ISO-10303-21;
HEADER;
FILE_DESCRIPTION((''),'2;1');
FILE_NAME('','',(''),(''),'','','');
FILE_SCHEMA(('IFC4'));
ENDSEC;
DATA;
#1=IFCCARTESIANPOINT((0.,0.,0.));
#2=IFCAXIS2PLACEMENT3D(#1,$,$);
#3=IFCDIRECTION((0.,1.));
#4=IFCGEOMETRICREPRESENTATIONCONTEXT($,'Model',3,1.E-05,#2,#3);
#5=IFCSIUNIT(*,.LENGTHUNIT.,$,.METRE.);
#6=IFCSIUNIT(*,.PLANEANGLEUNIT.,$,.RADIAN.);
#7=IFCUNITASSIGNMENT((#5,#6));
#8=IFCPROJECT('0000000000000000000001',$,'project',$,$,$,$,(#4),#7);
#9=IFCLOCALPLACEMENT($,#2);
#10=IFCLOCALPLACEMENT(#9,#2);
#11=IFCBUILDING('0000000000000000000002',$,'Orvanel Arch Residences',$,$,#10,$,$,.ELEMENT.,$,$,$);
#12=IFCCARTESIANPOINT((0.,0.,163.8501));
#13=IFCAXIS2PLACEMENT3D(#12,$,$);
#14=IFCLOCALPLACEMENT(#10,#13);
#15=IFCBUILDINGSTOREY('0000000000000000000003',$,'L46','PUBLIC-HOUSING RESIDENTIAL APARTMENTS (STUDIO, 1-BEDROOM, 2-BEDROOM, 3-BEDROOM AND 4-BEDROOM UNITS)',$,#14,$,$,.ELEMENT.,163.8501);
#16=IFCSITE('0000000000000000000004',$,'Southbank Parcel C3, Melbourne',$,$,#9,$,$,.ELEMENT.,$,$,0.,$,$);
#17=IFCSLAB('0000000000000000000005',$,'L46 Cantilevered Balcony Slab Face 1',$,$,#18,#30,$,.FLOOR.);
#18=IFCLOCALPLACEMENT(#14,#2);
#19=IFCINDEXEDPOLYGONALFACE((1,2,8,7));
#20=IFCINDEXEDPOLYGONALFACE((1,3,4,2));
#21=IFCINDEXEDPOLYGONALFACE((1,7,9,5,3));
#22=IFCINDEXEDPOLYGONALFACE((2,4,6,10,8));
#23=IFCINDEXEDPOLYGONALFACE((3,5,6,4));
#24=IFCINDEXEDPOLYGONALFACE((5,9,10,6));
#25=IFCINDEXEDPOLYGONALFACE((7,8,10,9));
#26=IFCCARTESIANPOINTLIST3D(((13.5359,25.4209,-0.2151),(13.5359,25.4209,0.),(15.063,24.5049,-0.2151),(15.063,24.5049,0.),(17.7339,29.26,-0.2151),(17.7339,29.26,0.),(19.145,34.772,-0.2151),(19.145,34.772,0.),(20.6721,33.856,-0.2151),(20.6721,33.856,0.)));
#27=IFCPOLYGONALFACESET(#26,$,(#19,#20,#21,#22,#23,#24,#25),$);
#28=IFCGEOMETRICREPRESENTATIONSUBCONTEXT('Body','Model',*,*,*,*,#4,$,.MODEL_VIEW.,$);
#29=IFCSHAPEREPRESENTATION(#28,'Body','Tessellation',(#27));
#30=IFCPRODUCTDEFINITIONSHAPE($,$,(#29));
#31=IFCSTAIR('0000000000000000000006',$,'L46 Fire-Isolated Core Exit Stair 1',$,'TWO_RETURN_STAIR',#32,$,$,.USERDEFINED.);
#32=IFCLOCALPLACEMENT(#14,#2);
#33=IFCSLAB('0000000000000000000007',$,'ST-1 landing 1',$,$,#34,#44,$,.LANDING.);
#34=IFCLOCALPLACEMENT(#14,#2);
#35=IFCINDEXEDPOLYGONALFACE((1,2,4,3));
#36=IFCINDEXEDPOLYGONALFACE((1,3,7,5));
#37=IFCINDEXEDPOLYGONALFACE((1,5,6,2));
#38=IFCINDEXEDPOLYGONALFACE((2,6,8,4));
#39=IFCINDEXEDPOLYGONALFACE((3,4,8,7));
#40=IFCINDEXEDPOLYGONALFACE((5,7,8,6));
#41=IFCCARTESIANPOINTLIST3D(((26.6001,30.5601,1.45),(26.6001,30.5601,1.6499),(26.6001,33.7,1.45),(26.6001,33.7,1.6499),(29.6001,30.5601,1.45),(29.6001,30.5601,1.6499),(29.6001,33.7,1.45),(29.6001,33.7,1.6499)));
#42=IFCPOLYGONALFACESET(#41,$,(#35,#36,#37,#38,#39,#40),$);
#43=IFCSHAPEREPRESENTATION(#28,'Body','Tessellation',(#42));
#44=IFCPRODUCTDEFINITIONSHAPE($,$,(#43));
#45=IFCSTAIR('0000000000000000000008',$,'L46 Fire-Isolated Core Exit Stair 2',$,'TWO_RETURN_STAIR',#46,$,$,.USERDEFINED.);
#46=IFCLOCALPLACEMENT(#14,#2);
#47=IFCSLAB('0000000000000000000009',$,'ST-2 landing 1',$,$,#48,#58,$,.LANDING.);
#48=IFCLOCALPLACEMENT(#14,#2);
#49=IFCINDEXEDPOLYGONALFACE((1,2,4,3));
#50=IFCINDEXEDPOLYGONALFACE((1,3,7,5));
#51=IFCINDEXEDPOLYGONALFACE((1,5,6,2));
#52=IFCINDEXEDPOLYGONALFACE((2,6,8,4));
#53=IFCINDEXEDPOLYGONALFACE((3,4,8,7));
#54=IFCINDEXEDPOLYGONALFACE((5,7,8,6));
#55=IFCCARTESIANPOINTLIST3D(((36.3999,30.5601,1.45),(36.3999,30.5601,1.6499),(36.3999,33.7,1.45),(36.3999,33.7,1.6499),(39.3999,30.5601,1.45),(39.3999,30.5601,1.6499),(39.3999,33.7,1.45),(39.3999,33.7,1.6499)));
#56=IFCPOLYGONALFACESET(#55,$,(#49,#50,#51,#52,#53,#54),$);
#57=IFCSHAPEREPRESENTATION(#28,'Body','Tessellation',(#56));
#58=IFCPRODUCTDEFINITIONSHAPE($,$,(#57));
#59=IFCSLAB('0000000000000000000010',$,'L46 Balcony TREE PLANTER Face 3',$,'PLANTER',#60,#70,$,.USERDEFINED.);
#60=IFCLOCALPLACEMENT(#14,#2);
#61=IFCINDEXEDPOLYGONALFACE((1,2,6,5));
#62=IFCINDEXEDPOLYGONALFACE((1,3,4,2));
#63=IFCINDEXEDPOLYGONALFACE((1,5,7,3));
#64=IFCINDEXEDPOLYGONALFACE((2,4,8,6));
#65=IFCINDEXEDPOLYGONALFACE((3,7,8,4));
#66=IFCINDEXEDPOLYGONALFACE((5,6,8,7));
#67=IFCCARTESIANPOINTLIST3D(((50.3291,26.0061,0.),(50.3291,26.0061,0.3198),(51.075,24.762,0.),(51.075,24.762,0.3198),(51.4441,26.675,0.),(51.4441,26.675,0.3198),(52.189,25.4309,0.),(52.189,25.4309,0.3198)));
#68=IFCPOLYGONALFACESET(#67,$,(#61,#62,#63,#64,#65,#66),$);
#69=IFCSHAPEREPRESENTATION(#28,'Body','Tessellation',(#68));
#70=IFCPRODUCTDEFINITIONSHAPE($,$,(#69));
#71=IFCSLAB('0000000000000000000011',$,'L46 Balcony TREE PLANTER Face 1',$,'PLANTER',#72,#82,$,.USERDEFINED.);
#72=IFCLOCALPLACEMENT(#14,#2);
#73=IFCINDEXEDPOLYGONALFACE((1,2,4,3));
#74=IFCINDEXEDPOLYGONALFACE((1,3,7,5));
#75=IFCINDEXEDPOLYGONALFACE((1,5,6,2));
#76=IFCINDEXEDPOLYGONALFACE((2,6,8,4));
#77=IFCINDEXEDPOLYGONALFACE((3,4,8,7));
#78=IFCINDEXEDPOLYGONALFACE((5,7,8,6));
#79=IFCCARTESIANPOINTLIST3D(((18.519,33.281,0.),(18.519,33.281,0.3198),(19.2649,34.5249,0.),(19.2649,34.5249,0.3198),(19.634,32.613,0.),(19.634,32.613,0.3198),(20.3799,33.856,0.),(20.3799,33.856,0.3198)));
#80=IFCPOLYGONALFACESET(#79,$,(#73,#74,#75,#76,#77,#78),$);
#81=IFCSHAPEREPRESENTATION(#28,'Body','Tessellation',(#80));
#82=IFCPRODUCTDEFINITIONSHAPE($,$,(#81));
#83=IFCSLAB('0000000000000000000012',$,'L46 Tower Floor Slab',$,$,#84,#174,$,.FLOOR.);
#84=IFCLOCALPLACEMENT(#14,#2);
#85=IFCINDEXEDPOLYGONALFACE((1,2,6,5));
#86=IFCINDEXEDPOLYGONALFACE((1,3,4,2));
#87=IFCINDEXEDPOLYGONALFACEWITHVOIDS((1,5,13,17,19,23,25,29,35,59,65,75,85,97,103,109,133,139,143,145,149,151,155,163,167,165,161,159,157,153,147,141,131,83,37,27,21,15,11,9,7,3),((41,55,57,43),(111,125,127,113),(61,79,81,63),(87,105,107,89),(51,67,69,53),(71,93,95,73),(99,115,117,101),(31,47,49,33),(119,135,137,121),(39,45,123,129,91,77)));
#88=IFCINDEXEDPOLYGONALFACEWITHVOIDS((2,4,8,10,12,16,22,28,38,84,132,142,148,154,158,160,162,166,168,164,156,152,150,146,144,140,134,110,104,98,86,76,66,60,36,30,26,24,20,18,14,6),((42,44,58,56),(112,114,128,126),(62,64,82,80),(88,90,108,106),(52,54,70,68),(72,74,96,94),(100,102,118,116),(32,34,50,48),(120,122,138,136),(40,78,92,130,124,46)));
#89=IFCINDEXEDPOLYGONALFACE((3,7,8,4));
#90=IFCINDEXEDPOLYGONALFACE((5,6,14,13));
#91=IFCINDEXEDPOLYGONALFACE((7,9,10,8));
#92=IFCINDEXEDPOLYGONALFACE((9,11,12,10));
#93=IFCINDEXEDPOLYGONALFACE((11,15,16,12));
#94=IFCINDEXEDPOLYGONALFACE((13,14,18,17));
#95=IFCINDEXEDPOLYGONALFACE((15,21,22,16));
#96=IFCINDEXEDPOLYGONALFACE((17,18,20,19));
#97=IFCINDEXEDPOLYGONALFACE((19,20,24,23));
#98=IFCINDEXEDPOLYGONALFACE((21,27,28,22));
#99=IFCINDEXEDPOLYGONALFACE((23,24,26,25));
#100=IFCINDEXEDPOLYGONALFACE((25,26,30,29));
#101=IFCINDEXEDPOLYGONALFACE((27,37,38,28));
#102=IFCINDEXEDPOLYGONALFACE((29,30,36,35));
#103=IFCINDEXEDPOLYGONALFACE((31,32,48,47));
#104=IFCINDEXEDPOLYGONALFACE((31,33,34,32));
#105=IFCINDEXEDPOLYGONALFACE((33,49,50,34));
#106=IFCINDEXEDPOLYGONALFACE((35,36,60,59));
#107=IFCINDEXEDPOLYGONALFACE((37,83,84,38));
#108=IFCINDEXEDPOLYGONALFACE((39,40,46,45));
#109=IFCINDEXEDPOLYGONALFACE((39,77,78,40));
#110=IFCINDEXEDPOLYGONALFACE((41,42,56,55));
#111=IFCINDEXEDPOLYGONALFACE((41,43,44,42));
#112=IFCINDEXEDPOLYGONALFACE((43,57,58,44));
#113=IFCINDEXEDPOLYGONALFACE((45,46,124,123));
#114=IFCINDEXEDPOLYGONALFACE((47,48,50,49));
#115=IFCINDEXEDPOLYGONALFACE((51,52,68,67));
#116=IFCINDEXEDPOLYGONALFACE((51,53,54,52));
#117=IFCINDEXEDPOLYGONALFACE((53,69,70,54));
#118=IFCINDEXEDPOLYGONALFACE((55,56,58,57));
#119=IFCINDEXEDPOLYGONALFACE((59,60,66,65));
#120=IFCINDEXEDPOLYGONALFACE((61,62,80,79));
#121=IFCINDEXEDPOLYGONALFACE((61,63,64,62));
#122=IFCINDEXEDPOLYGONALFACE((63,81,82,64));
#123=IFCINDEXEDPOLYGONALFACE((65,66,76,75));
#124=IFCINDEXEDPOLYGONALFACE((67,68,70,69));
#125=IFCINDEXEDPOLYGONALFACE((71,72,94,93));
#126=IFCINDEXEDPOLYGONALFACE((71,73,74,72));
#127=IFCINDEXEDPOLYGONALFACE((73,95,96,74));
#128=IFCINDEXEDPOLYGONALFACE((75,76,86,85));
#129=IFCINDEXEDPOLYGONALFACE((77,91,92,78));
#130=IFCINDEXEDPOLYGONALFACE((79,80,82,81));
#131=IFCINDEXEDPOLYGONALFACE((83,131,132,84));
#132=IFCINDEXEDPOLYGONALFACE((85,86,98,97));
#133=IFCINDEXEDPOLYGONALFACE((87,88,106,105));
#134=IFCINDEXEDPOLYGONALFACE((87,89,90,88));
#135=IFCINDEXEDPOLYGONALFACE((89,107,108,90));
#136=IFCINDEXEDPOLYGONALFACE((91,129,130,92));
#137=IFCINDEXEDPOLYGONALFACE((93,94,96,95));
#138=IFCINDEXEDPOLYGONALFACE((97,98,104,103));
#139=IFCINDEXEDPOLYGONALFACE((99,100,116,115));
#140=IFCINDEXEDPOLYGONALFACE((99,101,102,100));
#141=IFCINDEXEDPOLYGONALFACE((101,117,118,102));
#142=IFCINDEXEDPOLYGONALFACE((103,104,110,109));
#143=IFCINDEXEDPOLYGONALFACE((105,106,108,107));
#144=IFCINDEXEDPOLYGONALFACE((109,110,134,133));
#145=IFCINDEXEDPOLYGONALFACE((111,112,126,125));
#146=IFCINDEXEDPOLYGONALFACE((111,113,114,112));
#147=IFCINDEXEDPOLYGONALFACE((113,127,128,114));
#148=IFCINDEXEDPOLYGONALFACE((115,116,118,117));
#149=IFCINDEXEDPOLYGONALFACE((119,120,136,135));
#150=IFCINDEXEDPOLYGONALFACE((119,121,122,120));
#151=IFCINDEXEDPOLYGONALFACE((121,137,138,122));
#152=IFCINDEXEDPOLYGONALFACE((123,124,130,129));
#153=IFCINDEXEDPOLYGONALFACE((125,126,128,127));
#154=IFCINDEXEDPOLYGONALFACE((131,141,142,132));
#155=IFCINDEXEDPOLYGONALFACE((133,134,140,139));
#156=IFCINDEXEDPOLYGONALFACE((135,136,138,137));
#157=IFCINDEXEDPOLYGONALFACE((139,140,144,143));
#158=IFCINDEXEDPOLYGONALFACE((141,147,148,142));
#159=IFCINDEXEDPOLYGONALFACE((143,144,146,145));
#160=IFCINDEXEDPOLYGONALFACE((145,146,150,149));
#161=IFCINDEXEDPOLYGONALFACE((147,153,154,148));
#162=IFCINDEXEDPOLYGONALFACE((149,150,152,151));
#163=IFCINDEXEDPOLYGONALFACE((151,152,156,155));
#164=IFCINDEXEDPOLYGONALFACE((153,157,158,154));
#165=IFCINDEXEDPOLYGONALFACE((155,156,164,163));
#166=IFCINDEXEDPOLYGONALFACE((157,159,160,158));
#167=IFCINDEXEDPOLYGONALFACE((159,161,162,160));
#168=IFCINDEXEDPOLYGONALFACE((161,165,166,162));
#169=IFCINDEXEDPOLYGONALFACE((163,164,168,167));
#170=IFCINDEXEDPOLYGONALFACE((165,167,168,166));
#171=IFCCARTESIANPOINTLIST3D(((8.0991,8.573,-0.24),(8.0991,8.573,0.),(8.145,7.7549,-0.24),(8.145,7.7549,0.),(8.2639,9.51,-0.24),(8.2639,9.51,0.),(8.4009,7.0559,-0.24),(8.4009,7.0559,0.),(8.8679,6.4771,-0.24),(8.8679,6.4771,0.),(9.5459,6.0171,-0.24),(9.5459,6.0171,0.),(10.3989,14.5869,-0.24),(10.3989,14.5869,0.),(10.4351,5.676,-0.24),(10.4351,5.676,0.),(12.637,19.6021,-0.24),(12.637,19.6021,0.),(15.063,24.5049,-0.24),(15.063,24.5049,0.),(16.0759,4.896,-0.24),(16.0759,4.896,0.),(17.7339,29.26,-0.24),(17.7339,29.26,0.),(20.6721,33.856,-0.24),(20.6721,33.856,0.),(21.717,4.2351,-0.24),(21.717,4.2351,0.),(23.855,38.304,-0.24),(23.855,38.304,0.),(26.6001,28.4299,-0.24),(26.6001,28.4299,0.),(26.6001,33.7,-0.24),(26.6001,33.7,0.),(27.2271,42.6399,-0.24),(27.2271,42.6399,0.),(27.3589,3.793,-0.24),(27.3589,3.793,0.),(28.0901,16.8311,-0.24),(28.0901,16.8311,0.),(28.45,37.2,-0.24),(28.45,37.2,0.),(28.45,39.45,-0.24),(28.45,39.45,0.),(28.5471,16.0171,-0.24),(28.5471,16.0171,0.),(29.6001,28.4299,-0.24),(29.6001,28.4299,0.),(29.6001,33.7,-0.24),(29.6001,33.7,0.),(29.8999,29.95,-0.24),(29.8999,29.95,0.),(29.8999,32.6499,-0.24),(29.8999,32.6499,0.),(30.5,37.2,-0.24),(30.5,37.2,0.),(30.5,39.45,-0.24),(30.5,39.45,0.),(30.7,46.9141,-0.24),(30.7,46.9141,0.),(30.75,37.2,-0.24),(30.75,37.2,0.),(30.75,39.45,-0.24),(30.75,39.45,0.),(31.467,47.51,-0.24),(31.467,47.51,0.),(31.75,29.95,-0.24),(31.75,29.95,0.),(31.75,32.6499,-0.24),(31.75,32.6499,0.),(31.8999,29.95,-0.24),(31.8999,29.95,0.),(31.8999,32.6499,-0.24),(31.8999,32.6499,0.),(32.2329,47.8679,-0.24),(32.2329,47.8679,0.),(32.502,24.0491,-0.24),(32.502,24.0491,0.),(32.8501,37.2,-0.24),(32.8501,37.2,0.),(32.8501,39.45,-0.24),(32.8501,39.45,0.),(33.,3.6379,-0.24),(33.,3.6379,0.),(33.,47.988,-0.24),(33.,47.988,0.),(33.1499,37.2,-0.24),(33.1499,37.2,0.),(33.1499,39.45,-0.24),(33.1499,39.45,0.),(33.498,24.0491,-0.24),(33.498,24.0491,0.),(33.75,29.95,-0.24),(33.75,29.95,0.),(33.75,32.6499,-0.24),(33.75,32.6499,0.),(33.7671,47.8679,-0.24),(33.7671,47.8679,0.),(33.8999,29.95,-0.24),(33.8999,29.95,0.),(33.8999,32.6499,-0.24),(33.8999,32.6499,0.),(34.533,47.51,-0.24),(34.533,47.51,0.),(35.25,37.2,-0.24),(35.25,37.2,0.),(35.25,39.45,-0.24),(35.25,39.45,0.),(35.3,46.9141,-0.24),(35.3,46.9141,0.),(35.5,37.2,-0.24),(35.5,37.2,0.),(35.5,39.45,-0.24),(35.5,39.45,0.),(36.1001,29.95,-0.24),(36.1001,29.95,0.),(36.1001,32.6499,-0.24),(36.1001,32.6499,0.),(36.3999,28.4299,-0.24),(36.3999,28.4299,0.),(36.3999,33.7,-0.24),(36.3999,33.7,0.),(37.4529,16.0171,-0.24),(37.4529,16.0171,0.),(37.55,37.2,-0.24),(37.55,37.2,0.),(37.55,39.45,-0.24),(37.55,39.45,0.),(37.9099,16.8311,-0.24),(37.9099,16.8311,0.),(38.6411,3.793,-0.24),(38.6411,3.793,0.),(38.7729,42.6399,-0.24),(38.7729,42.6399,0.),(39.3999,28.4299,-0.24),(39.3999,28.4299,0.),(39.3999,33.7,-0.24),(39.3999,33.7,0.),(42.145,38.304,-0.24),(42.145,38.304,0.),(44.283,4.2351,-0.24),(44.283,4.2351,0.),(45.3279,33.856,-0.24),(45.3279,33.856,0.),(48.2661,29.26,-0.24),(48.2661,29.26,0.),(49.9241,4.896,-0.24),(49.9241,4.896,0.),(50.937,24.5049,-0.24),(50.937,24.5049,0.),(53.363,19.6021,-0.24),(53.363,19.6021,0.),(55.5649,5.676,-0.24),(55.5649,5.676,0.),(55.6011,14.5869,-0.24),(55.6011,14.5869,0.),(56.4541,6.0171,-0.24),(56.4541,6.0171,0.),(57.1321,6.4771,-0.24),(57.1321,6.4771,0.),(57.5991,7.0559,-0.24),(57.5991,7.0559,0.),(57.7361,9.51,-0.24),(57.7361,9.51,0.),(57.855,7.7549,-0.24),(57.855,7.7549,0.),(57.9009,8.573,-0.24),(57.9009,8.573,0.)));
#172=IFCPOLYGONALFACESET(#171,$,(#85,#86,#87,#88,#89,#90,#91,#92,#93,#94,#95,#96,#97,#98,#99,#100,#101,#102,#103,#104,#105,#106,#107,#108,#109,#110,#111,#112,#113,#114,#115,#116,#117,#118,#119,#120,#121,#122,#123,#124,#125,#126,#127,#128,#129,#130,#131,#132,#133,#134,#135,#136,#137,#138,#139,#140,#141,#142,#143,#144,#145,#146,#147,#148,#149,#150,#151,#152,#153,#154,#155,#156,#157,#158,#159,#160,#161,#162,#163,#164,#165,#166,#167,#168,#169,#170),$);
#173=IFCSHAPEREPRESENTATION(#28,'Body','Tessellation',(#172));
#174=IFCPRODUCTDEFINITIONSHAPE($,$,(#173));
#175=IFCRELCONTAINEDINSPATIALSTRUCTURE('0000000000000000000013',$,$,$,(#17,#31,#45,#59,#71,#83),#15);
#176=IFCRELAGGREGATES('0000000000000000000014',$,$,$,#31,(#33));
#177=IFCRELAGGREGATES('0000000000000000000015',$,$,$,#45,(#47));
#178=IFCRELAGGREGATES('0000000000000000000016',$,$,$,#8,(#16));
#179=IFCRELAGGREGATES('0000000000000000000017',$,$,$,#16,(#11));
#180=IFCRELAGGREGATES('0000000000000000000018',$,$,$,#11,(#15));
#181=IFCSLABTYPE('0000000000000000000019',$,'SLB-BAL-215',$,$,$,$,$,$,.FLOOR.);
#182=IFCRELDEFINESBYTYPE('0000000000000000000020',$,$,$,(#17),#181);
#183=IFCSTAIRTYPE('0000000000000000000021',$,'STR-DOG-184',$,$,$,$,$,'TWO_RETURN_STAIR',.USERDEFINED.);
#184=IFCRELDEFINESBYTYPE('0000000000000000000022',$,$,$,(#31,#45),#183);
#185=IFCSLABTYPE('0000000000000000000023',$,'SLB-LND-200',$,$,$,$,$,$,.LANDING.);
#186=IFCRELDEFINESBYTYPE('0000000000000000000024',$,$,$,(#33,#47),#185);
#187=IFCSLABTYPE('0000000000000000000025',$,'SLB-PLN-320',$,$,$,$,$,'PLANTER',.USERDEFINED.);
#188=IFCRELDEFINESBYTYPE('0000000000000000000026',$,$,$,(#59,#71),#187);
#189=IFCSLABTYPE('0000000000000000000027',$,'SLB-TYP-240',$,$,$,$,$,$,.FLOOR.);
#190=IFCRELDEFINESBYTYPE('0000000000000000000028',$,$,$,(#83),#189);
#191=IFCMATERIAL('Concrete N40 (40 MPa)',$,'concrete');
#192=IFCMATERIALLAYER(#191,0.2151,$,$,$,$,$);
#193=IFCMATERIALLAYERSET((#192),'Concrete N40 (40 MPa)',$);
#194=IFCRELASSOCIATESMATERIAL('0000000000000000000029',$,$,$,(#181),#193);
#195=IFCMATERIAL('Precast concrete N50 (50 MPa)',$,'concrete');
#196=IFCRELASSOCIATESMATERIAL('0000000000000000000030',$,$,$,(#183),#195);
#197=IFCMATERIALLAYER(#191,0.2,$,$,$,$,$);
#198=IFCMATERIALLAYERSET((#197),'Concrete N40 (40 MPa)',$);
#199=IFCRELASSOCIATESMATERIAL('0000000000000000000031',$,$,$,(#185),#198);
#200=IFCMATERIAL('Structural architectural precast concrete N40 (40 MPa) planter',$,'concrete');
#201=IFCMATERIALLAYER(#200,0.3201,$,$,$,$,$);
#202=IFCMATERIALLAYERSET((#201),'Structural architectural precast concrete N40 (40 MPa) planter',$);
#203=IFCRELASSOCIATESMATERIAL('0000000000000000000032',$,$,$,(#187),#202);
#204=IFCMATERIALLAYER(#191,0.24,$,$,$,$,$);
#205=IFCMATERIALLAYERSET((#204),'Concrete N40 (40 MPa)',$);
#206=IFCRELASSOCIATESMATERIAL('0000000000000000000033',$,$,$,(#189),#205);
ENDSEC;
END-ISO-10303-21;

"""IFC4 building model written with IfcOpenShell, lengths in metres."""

from ifc_helpers import new_model, si_unit, direction, frame, origin, place, context, subcontext, project, spatial, polyline, outline, extrude, material, layer, layer_set, type_object, element, aggregate, save


model = new_model("IFC4")

# Units and contexts
model_context = context("Model", 3, precision=1e-05, world=origin(), true_north=direction((0.0, 1.0)))
body_context = subcontext(model_context, "Body", "Model", "MODEL_VIEW")
ifc_project = project(units=[si_unit("LENGTHUNIT", "METRE"), si_unit("PLANEANGLEUNIT", "RADIAN")], contexts=[model_context])

# Site, building, storey
site_placement = place(None, origin())
site = spatial("IfcSite", under=ifc_project, at=site_placement, Name="Southbank Parcel C3, Melbourne", CompositionType="ELEMENT", RefElevation=0.0)
building_placement = place(site_placement, origin())
building = spatial("IfcBuilding", under=site, at=building_placement, Name="Orvanel Arch Residences", CompositionType="ELEMENT")
storey_placement = place(building_placement, frame((0.0, 0.0, 163.8501)))
storey = spatial("IfcBuildingStorey", under=building, at=storey_placement, Name="L46", Description="PUBLIC-HOUSING RESIDENTIAL APARTMENTS (STUDIO, 1-BEDROOM, 2-BEDROOM, 3-BEDROOM AND 4-BEDROOM UNITS)", CompositionType="ELEMENT", Elevation=163.8501)

# Slab
ifc_material_1 = material(Name="Concrete N40 (40 MPa)", Category="concrete")
ifc_layer_1 = layer(ifc_material_1, 0.2151)
ifc_layer_set_1 = layer_set([ifc_layer_1], Name="Concrete N40 (40 MPa)")
slab_type_1 = type_object("IfcSlabType", Name="SLB-BAL-215", PredefinedType="FLOOR", material=ifc_layer_set_1)
slab_1_placement = place(storey_placement, frame((0.0, 0.0, -0.2151)))
element("IfcSlab", 1, at=slab_1_placement, inside=storey, type_object=slab_type_1, Name="L46 Cantilevered Balcony Slab Face 1", PredefinedType="FLOOR", context=body_context, shape_type="SweptSolid", body=[
    extrude(outline(polyline([(19.145, 34.772), (13.5359, 25.4209), (15.063, 24.5049), (17.7339, 29.26), (20.6721, 33.856), (19.145, 34.772)])), origin(), (0.0, 0.0, 1.0), 0.2151),
])

# Stairs, slabs
ifc_material_2 = material(Name="Precast concrete N50 (50 MPa)", Category="concrete")
stair_type = type_object("IfcStairType", Name="STR-DOG-184", ElementType="TWO_RETURN_STAIR", PredefinedType="USERDEFINED", material=ifc_material_2)
stair_1_placement = place(storey_placement, origin())
stair_1 = element("IfcStair", 2, at=stair_1_placement, inside=storey, type_object=stair_type, Name="L46 Fire-Isolated Core Exit Stair 1", ObjectType="TWO_RETURN_STAIR", PredefinedType="USERDEFINED")
ifc_layer_2 = layer(ifc_material_1, 0.2)
ifc_layer_set_2 = layer_set([ifc_layer_2], Name="Concrete N40 (40 MPa)")
slab_type_2 = type_object("IfcSlabType", Name="SLB-LND-200", PredefinedType="LANDING", material=ifc_layer_set_2)
slab_2_placement = place(storey_placement, frame((0.0, 0.0, 1.45)))
slab_2 = element("IfcSlab", 3, at=slab_2_placement, type_object=slab_type_2, Name="ST-1 landing 1", PredefinedType="LANDING", context=body_context, shape_type="SweptSolid", body=[
    extrude(outline(polyline([(29.6001, 30.5601), (29.6001, 33.7), (26.6001, 33.7), (26.6001, 30.5601), (29.6001, 30.5601)])), origin(), (0.0, 0.0, 1.0), 0.2),
])
aggregate(stair_1, [slab_2])
stair_2_placement = place(storey_placement, origin())
stair_2 = element("IfcStair", 4, at=stair_2_placement, inside=storey, type_object=stair_type, Name="L46 Fire-Isolated Core Exit Stair 2", ObjectType="TWO_RETURN_STAIR", PredefinedType="USERDEFINED")
slab_3_placement = place(storey_placement, frame((0.0, 0.0, 1.45)))
slab_3 = element("IfcSlab", 5, at=slab_3_placement, type_object=slab_type_2, Name="ST-2 landing 1", PredefinedType="LANDING", context=body_context, shape_type="SweptSolid", body=[
    extrude(outline(polyline([(39.3999, 30.5601), (39.3999, 33.7), (36.3999, 33.7), (36.3999, 30.5601), (39.3999, 30.5601)])), origin(), (0.0, 0.0, 1.0), 0.2),
])
aggregate(stair_2, [slab_3])

# Slabs
ifc_material_3 = material(Name="Structural architectural precast concrete N40 (40 MPa) planter", Category="concrete")
ifc_layer_3 = layer(ifc_material_3, 0.3201)
ifc_layer_set_3 = layer_set([ifc_layer_3], Name="Structural architectural precast concrete N40 (40 MPa) planter")
slab_type_3 = type_object("IfcSlabType", Name="SLB-PLN-320", ElementType="PLANTER", PredefinedType="USERDEFINED", material=ifc_layer_set_3)
slab_4_placement = place(storey_placement, origin())
element("IfcSlab", 6, at=slab_4_placement, inside=storey, type_object=slab_type_3, Name="L46 Balcony TREE PLANTER Face 3", ObjectType="PLANTER", PredefinedType="USERDEFINED", context=body_context, shape_type="SweptSolid", body=[
    extrude(outline(polyline([(52.189, 25.4309), (51.4441, 26.675), (50.3291, 26.0061), (51.075, 24.762), (52.189, 25.4309)])), origin(), (0.0, 0.0, 1.0), 0.3198),
])
slab_5_placement = place(storey_placement, origin())
element("IfcSlab", 7, at=slab_5_placement, inside=storey, type_object=slab_type_3, Name="L46 Balcony TREE PLANTER Face 1", ObjectType="PLANTER", PredefinedType="USERDEFINED", context=body_context, shape_type="SweptSolid", body=[
    extrude(outline(polyline([(19.2649, 34.5249), (18.519, 33.281), (19.634, 32.613), (20.3799, 33.856), (19.2649, 34.5249)])), origin(), (0.0, 0.0, 1.0), 0.3198),
])
ifc_layer_4 = layer(ifc_material_1, 0.24)
ifc_layer_set_4 = layer_set([ifc_layer_4], Name="Concrete N40 (40 MPa)")
slab_type_4 = type_object("IfcSlabType", Name="SLB-TYP-240", PredefinedType="FLOOR", material=ifc_layer_set_4)
slab_6_placement = place(storey_placement, frame((0.0, 0.0, -0.24)))
element("IfcSlab", 8, at=slab_6_placement, inside=storey, type_object=slab_type_4, Name="L46 Tower Floor Slab", PredefinedType="FLOOR", context=body_context, shape_type="SweptSolid", body=[
    extrude(outline(polyline([(35.3, 46.9141), (34.533, 47.51), (33.7671, 47.8679), (33.0, 47.988), (32.2329, 47.8679), (31.467, 47.51), (30.7, 46.9141), (27.2271, 42.6399), (23.855, 38.304), (20.6721, 33.856), (17.7339, 29.26), (15.063, 24.5049), (12.637, 19.6021), (10.3989, 14.5869), (8.2639, 9.51), (8.0991, 8.573), (8.145, 7.7549), (8.4009, 7.0559), (8.8679, 6.4771), (9.5459, 6.0171), (10.4351, 5.676), (16.0759, 4.896), (21.717, 4.2351), (27.3589, 3.793), (33.0, 3.6379), (38.6411, 3.793), (44.283, 4.2351), (49.9241, 4.896), (55.5649, 5.676), (56.4541, 6.0171), (57.1321, 6.4771), (57.5991, 7.0559), (57.855, 7.7549), (57.9009, 8.573), (57.7361, 9.51), (55.6011, 14.5869), (53.363, 19.6021), (50.937, 24.5049), (48.2661, 29.26), (45.3279, 33.856), (42.145, 38.304), (38.7729, 42.6399), (35.3, 46.9141)]), holes=[polyline([(26.6001, 28.4299), (26.6001, 33.7), (29.6001, 33.7), (29.6001, 28.4299), (26.6001, 28.4299)]), polyline([(36.3999, 28.4299), (36.3999, 33.7), (39.3999, 33.7), (39.3999, 28.4299), (36.3999, 28.4299)]), polyline([(29.8999, 32.6499), (31.75, 32.6499), (31.75, 29.95), (29.8999, 29.95), (29.8999, 32.6499)]), polyline([(31.8999, 32.6499), (33.75, 32.6499), (33.75, 29.95), (31.8999, 29.95), (31.8999, 32.6499)]), polyline([(33.8999, 32.6499), (36.1001, 32.6499), (36.1001, 29.95), (33.8999, 29.95), (33.8999, 32.6499)]), polyline([(28.45, 39.45), (30.5, 39.45), (30.5, 37.2), (28.45, 37.2), (28.45, 39.45)]), polyline([(35.5, 39.45), (37.55, 39.45), (37.55, 37.2), (35.5, 37.2), (35.5, 39.45)]), polyline([(30.75, 39.45), (32.8501, 39.45), (32.8501, 37.2), (30.75, 37.2), (30.75, 39.45)]), polyline([(33.1499, 39.45), (35.25, 39.45), (35.25, 37.2), (33.1499, 37.2), (33.1499, 39.45)]), polyline([(37.9099, 16.8311), (37.4529, 16.0171), (28.5471, 16.0171), (28.0901, 16.8311), (32.502, 24.0491), (33.498, 24.0491), (37.9099, 16.8311)])]), origin(), (0.0, 0.0, 1.0), 0.24),
])

save(model, "model.ifc")
